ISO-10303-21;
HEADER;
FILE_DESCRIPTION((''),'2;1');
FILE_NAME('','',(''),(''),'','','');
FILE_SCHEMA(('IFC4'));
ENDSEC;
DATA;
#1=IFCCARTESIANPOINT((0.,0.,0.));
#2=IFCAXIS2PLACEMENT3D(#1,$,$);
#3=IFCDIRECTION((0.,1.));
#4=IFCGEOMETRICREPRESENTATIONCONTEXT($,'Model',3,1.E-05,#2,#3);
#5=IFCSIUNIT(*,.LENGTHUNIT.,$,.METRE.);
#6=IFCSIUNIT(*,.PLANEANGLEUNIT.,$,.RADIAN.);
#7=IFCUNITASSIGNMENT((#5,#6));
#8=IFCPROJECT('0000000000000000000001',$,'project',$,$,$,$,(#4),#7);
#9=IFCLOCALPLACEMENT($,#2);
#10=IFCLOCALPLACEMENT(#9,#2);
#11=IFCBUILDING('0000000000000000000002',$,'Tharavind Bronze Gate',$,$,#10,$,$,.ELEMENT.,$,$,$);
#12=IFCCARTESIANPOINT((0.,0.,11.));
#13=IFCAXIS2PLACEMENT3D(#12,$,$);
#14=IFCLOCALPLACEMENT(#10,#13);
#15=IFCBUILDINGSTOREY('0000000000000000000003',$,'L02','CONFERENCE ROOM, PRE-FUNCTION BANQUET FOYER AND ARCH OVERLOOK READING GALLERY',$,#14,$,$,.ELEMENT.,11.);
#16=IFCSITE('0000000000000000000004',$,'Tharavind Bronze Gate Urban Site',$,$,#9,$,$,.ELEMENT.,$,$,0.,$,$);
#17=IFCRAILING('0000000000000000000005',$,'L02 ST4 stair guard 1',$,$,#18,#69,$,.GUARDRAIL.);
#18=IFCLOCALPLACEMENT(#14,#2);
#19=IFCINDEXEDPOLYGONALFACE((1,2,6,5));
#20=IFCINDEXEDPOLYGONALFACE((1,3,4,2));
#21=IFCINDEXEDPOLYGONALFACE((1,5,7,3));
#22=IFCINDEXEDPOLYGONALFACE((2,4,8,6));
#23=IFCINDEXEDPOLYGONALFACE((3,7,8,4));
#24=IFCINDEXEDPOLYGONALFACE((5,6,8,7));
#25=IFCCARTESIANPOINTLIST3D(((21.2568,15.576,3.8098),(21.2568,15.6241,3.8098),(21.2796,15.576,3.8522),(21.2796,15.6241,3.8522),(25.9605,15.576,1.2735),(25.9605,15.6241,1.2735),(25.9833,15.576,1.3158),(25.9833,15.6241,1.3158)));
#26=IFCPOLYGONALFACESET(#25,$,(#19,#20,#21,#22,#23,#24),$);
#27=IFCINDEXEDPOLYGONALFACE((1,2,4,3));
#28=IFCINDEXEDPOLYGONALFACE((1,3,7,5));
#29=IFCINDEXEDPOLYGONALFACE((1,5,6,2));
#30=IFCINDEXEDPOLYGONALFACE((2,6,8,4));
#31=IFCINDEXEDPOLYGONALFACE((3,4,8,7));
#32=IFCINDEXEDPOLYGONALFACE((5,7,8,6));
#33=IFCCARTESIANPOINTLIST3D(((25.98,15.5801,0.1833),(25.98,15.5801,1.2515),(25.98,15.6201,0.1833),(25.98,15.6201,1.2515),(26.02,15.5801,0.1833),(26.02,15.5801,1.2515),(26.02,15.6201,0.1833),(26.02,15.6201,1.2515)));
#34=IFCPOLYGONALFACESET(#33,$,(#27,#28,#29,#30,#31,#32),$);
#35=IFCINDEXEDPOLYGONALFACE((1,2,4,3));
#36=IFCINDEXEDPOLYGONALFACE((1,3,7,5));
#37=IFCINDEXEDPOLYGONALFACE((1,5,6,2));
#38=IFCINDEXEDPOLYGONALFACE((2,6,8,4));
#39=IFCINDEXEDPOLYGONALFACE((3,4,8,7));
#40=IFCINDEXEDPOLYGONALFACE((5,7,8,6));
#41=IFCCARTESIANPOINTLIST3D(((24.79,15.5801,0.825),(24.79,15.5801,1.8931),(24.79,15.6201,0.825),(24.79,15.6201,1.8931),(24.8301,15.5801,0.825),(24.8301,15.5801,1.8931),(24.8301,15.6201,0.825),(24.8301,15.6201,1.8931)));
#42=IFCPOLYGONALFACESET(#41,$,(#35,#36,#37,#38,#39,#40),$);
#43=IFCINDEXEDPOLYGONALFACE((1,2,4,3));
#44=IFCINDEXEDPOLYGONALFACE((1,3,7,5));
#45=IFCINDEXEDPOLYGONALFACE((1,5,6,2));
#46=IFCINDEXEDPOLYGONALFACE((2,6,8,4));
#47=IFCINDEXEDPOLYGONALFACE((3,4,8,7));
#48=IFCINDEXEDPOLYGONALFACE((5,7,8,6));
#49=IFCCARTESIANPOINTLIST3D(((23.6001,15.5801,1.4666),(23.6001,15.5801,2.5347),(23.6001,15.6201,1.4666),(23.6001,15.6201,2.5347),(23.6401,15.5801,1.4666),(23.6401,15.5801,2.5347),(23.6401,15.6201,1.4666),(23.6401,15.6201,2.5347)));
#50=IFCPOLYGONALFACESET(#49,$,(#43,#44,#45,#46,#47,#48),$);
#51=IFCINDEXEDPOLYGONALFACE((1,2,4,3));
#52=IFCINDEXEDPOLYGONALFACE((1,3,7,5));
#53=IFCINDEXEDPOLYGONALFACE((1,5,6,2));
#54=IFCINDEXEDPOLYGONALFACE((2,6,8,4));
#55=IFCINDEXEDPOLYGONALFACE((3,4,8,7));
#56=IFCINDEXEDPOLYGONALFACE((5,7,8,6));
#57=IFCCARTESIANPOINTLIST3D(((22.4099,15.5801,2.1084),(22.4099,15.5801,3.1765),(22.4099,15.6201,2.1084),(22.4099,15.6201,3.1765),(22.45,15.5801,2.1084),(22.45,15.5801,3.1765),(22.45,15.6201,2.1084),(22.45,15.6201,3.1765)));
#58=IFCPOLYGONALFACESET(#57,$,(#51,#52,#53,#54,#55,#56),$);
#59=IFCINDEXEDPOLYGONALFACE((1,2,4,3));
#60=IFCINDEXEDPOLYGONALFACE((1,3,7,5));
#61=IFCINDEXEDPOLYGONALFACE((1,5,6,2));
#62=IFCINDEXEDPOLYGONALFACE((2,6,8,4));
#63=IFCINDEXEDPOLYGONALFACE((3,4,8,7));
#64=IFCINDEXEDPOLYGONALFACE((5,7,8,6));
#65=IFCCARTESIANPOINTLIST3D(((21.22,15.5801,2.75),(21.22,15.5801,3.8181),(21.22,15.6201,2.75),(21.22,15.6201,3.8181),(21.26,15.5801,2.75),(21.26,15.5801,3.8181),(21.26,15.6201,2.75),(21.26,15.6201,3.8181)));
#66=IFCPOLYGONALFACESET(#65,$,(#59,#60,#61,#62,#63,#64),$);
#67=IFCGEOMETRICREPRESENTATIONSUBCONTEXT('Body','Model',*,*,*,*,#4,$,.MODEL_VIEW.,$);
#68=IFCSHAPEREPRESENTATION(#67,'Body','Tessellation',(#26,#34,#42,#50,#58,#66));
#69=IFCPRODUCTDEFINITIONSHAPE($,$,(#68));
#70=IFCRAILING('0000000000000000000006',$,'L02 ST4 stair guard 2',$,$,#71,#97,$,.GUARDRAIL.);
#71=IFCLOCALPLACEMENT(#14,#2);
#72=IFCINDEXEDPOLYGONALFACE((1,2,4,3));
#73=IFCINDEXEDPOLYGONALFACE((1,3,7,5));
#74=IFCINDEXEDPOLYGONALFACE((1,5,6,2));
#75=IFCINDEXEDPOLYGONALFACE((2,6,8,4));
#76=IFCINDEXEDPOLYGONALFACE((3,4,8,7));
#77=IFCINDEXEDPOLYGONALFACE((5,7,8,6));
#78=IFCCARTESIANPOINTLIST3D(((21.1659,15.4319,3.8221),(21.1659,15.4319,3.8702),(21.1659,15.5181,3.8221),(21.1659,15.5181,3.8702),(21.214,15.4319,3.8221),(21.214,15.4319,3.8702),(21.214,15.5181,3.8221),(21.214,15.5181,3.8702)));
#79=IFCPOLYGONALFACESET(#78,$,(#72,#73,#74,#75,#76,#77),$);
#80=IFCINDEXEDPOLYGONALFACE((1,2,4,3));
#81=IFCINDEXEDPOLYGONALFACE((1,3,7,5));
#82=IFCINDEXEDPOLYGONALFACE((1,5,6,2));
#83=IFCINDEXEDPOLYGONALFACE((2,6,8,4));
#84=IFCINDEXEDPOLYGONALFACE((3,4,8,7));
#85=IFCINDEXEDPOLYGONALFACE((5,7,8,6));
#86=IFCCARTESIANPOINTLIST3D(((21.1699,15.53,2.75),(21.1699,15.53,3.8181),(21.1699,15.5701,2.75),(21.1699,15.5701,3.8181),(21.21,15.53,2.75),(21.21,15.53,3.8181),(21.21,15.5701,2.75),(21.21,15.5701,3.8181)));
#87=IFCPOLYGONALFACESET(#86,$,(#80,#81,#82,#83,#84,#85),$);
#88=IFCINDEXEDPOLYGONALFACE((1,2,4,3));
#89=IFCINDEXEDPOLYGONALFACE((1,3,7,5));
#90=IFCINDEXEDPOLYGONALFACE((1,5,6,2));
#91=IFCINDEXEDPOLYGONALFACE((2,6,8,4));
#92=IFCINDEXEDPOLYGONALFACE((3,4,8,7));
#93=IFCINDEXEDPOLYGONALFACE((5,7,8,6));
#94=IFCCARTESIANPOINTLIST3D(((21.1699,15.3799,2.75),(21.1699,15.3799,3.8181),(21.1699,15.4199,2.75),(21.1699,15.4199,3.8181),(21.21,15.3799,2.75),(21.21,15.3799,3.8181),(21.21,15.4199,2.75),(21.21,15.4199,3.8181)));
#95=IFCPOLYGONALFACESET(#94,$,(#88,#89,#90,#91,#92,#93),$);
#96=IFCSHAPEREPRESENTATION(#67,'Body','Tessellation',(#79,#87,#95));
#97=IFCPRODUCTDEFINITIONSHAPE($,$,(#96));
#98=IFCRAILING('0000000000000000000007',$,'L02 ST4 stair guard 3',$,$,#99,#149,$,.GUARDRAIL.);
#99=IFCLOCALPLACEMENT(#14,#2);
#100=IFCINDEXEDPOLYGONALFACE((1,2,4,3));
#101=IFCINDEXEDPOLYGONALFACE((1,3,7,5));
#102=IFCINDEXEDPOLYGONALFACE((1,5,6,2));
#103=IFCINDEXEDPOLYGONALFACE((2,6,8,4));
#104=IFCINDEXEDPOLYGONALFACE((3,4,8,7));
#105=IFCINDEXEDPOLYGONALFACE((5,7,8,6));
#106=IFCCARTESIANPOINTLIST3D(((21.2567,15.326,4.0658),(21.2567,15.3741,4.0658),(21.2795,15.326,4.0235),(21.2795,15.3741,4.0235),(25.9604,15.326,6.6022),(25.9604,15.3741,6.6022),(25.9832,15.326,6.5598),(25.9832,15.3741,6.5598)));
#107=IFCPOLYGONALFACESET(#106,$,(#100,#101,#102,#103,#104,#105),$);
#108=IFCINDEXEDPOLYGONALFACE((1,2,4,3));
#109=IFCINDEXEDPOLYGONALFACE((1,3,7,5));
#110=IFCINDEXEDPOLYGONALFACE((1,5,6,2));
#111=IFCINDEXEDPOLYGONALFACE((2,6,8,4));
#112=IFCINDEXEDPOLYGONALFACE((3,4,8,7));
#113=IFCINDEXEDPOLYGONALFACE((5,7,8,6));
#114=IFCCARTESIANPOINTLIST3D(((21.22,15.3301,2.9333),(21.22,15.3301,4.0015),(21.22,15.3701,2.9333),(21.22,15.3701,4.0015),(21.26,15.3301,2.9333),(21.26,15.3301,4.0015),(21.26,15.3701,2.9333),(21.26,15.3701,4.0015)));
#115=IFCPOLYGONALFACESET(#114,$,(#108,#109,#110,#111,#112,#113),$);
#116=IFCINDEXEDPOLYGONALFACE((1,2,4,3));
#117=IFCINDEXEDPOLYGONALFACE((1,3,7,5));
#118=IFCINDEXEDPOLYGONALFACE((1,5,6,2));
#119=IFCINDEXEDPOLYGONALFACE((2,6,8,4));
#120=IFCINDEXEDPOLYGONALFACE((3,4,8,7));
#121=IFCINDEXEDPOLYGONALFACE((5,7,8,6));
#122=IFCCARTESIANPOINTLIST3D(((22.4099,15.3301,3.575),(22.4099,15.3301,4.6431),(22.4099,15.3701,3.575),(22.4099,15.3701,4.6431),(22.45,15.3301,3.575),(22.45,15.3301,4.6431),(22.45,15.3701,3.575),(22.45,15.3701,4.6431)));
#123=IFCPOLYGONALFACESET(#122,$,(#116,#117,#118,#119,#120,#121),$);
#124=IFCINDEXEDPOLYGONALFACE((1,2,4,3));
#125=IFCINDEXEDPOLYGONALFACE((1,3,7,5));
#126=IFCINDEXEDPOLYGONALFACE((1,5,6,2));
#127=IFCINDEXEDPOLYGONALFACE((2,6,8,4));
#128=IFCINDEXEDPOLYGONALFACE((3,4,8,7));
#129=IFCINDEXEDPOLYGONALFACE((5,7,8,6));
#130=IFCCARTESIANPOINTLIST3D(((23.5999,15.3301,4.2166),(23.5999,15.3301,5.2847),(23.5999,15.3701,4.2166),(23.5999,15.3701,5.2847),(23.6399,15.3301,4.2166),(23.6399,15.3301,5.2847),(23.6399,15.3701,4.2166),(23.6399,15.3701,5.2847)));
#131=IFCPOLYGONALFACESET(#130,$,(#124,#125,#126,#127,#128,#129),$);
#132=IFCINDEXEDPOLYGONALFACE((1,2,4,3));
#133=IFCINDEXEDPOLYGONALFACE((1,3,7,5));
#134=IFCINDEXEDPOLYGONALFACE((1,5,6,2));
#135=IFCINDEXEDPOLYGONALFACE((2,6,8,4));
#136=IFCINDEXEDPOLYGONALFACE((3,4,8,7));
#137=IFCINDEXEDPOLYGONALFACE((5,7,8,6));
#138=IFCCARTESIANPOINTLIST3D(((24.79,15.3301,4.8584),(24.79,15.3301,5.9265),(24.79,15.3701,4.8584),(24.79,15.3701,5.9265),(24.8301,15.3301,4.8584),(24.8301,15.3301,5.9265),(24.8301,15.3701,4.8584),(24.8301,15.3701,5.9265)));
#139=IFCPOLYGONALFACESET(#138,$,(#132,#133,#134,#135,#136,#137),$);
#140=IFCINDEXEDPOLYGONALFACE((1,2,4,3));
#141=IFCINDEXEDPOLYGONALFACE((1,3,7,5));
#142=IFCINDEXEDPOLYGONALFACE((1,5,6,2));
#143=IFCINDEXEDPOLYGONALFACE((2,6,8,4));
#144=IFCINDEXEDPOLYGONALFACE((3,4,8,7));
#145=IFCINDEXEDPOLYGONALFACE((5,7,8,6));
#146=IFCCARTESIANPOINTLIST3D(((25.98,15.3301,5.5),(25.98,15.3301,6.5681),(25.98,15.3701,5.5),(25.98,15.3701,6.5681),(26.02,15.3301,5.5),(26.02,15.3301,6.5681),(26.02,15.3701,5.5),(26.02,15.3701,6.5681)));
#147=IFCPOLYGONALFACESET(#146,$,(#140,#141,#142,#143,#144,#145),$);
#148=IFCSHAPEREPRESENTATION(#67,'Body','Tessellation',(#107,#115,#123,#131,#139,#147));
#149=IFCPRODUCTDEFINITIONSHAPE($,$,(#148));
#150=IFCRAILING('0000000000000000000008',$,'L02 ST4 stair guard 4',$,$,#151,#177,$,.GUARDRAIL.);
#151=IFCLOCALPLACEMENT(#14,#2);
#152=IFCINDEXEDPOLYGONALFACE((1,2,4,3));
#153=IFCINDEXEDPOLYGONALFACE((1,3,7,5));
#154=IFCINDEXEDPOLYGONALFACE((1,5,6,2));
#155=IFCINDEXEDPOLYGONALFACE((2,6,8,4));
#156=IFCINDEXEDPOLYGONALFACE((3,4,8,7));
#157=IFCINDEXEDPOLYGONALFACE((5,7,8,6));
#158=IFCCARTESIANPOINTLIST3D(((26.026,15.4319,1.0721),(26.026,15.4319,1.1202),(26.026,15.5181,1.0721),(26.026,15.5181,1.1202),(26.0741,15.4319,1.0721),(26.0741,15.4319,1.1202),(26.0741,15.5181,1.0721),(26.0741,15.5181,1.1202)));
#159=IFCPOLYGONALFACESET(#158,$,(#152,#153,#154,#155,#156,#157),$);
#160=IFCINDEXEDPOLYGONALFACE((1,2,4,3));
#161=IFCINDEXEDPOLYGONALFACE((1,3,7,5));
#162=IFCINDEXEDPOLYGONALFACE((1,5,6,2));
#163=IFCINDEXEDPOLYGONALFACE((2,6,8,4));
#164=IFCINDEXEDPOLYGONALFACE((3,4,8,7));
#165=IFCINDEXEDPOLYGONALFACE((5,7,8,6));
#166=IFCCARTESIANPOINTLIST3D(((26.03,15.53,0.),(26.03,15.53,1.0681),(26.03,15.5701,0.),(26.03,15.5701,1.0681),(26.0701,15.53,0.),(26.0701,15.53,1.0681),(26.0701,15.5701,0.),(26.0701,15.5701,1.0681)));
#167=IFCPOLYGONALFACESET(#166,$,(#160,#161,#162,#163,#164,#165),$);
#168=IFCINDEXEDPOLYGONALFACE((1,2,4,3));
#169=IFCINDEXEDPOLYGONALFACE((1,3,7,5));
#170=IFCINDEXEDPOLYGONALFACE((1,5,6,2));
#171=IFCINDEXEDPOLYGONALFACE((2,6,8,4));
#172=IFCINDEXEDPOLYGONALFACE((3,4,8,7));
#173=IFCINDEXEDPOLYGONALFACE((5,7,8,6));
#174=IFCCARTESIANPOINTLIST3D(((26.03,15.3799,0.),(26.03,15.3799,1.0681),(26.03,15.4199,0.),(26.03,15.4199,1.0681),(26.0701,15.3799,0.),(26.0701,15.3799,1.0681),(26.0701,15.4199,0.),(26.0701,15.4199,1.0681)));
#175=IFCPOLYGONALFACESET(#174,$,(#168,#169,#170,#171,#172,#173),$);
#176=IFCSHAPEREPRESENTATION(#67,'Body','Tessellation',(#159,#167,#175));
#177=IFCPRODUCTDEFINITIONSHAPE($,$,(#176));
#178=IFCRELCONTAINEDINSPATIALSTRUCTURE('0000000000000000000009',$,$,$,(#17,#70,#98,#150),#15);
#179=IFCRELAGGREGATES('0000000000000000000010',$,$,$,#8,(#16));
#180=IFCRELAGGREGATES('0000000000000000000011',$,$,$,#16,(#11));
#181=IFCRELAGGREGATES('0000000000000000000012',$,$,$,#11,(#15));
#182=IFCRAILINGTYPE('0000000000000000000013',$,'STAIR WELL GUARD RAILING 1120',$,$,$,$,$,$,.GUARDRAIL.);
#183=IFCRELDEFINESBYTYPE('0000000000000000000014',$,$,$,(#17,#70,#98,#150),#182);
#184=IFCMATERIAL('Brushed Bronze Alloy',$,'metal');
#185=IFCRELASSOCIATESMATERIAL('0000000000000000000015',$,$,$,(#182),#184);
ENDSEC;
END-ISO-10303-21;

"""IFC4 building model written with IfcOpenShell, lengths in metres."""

from ifc_helpers import new_model, si_unit, direction, frame, origin, origin_2d, place, context, subcontext, project, spatial, rectangle, extrude, material, type_object, element, save


model = new_model("IFC4")

# Units and contexts
model_context = context("Model", 3, precision=1e-05, world=origin(), true_north=direction((0.0, 1.0)))
body_context = subcontext(model_context, "Body", "Model", "MODEL_VIEW")
ifc_project = project(units=[si_unit("LENGTHUNIT", "METRE"), si_unit("PLANEANGLEUNIT", "RADIAN")], contexts=[model_context])

# Site, building, storey
site_placement = place(None, origin())
site = spatial("IfcSite", under=ifc_project, at=site_placement, Name="Tharavind Bronze Gate Urban Site", CompositionType="ELEMENT", RefElevation=0.0)
building_placement = place(site_placement, origin())
building = spatial("IfcBuilding", under=site, at=building_placement, Name="Tharavind Bronze Gate", CompositionType="ELEMENT")
storey_placement = place(building_placement, frame((0.0, 0.0, 11.0)))
storey = spatial("IfcBuildingStorey", under=building, at=storey_placement, Name="L02", Description="CONFERENCE ROOM, PRE-FUNCTION BANQUET FOYER AND ARCH OVERLOOK READING GALLERY", CompositionType="ELEMENT", Elevation=11.0)

# Railings
ifc_material_1 = material(Name="Brushed Bronze Alloy", Category="metal")
railing_type_1 = type_object("IfcRailingType", Name="STAIR WELL GUARD RAILING 1120", PredefinedType="GUARDRAIL", material=ifc_material_1)
railing_1_placement = place(storey_placement, frame((26.0, 15.6001, 0.1833)))
element("IfcRailing", 1, at=railing_1_placement, inside=storey, type_object=railing_type_1, Name="L02 ST4 stair guard 1", PredefinedType="GUARDRAIL", context=body_context, shape_type="SweptSolid", body=[
    extrude(rectangle(XDim=0.0481, YDim=0.0481, at=origin_2d()), frame((-0.0281, 0.0, 1.1113), z_axis=(-0.880196, 0.0, 0.474611), x_axis=(0.0, -1.0, 0.0)), (0.0, 0.0, 1.0), 5.344),
    extrude(rectangle(XDim=0.04, YDim=0.04, at=origin_2d()), origin(), (0.0, 0.0, 1.0), 1.0681),
    extrude(rectangle(XDim=0.04, YDim=0.04, at=origin_2d()), frame((-1.1899, 0.0, 0.6416)), (0.0, 0.0, 1.0), 1.0681),
    extrude(rectangle(XDim=0.04, YDim=0.04, at=origin_2d()), frame((-2.3799, 0.0, 1.2832)), (0.0, 0.0, 1.0), 1.0681),
    extrude(rectangle(XDim=0.04, YDim=0.04, at=origin_2d()), frame((-3.5701, 0.0, 1.925)), (0.0, 0.0, 1.0), 1.0681),
    extrude(rectangle(XDim=0.04, YDim=0.04, at=origin_2d()), frame((-4.76, 0.0, 2.5667)), (0.0, 0.0, 1.0), 1.0681),
])
railing_2_placement = place(storey_placement, frame((21.1899, 15.55, 2.75)))
element("IfcRailing", 2, at=railing_2_placement, inside=storey, type_object=railing_type_1, Name="L02 ST4 stair guard 2", PredefinedType="GUARDRAIL", context=body_context, shape_type="SweptSolid", body=[
    extrude(rectangle(XDim=0.0481, YDim=0.0481, at=origin_2d()), frame((0.0, -0.032, 1.0962), z_axis=(0.0, -1.0, 0.0), x_axis=(1.0, 0.0, 0.0)), (0.0, 0.0, 1.0), 0.0862),
    extrude(rectangle(XDim=0.04, YDim=0.04, at=origin_2d()), origin(), (0.0, 0.0, 1.0), 1.0681),
    extrude(rectangle(XDim=0.04, YDim=0.04, at=origin_2d()), frame((0.0, -0.1501, 0.0)), (0.0, 0.0, 1.0), 1.0681),
])
railing_3_placement = place(storey_placement, frame((21.24, 15.3501, 2.9333)))
element("IfcRailing", 3, at=railing_3_placement, inside=storey, type_object=railing_type_1, Name="L02 ST4 stair guard 3", PredefinedType="GUARDRAIL", context=body_context, shape_type="SweptSolid", body=[
    extrude(rectangle(XDim=0.0481, YDim=0.0481, at=origin_2d()), frame((0.0281, 0.0, 1.1113), z_axis=(0.880196, 0.0, 0.474611), x_axis=(0.0, 1.0, 0.0)), (0.0, 0.0, 1.0), 5.344),
    extrude(rectangle(XDim=0.04, YDim=0.04, at=origin_2d()), origin(), (0.0, 0.0, 1.0), 1.0681),
    extrude(rectangle(XDim=0.04, YDim=0.04, at=origin_2d()), frame((1.1899, 0.0, 0.6416)), (0.0, 0.0, 1.0), 1.0681),
    extrude(rectangle(XDim=0.04, YDim=0.04, at=origin_2d()), frame((2.3799, 0.0, 1.2832)), (0.0, 0.0, 1.0), 1.0681),
    extrude(rectangle(XDim=0.04, YDim=0.04, at=origin_2d()), frame((3.5701, 0.0, 1.925)), (0.0, 0.0, 1.0), 1.0681),
    extrude(rectangle(XDim=0.04, YDim=0.04, at=origin_2d()), frame((4.76, 0.0, 2.5667)), (0.0, 0.0, 1.0), 1.0681),
])
railing_4_placement = place(storey_placement, frame((26.05, 15.55, 0.0)))
element("IfcRailing", 4, at=railing_4_placement, inside=storey, type_object=railing_type_1, Name="L02 ST4 stair guard 4", PredefinedType="GUARDRAIL", context=body_context, shape_type="SweptSolid", body=[
    extrude(rectangle(XDim=0.0481, YDim=0.0481, at=origin_2d()), frame((0.0, -0.032, 1.0962), z_axis=(0.0, -1.0, 0.0), x_axis=(1.0, 0.0, 0.0)), (0.0, 0.0, 1.0), 0.0862),
    extrude(rectangle(XDim=0.04, YDim=0.04, at=origin_2d()), origin(), (0.0, 0.0, 1.0), 1.0681),
    extrude(rectangle(XDim=0.04, YDim=0.04, at=origin_2d()), frame((0.0, -0.1501, 0.0)), (0.0, 0.0, 1.0), 1.0681),
])

save(model, "model.ifc")
